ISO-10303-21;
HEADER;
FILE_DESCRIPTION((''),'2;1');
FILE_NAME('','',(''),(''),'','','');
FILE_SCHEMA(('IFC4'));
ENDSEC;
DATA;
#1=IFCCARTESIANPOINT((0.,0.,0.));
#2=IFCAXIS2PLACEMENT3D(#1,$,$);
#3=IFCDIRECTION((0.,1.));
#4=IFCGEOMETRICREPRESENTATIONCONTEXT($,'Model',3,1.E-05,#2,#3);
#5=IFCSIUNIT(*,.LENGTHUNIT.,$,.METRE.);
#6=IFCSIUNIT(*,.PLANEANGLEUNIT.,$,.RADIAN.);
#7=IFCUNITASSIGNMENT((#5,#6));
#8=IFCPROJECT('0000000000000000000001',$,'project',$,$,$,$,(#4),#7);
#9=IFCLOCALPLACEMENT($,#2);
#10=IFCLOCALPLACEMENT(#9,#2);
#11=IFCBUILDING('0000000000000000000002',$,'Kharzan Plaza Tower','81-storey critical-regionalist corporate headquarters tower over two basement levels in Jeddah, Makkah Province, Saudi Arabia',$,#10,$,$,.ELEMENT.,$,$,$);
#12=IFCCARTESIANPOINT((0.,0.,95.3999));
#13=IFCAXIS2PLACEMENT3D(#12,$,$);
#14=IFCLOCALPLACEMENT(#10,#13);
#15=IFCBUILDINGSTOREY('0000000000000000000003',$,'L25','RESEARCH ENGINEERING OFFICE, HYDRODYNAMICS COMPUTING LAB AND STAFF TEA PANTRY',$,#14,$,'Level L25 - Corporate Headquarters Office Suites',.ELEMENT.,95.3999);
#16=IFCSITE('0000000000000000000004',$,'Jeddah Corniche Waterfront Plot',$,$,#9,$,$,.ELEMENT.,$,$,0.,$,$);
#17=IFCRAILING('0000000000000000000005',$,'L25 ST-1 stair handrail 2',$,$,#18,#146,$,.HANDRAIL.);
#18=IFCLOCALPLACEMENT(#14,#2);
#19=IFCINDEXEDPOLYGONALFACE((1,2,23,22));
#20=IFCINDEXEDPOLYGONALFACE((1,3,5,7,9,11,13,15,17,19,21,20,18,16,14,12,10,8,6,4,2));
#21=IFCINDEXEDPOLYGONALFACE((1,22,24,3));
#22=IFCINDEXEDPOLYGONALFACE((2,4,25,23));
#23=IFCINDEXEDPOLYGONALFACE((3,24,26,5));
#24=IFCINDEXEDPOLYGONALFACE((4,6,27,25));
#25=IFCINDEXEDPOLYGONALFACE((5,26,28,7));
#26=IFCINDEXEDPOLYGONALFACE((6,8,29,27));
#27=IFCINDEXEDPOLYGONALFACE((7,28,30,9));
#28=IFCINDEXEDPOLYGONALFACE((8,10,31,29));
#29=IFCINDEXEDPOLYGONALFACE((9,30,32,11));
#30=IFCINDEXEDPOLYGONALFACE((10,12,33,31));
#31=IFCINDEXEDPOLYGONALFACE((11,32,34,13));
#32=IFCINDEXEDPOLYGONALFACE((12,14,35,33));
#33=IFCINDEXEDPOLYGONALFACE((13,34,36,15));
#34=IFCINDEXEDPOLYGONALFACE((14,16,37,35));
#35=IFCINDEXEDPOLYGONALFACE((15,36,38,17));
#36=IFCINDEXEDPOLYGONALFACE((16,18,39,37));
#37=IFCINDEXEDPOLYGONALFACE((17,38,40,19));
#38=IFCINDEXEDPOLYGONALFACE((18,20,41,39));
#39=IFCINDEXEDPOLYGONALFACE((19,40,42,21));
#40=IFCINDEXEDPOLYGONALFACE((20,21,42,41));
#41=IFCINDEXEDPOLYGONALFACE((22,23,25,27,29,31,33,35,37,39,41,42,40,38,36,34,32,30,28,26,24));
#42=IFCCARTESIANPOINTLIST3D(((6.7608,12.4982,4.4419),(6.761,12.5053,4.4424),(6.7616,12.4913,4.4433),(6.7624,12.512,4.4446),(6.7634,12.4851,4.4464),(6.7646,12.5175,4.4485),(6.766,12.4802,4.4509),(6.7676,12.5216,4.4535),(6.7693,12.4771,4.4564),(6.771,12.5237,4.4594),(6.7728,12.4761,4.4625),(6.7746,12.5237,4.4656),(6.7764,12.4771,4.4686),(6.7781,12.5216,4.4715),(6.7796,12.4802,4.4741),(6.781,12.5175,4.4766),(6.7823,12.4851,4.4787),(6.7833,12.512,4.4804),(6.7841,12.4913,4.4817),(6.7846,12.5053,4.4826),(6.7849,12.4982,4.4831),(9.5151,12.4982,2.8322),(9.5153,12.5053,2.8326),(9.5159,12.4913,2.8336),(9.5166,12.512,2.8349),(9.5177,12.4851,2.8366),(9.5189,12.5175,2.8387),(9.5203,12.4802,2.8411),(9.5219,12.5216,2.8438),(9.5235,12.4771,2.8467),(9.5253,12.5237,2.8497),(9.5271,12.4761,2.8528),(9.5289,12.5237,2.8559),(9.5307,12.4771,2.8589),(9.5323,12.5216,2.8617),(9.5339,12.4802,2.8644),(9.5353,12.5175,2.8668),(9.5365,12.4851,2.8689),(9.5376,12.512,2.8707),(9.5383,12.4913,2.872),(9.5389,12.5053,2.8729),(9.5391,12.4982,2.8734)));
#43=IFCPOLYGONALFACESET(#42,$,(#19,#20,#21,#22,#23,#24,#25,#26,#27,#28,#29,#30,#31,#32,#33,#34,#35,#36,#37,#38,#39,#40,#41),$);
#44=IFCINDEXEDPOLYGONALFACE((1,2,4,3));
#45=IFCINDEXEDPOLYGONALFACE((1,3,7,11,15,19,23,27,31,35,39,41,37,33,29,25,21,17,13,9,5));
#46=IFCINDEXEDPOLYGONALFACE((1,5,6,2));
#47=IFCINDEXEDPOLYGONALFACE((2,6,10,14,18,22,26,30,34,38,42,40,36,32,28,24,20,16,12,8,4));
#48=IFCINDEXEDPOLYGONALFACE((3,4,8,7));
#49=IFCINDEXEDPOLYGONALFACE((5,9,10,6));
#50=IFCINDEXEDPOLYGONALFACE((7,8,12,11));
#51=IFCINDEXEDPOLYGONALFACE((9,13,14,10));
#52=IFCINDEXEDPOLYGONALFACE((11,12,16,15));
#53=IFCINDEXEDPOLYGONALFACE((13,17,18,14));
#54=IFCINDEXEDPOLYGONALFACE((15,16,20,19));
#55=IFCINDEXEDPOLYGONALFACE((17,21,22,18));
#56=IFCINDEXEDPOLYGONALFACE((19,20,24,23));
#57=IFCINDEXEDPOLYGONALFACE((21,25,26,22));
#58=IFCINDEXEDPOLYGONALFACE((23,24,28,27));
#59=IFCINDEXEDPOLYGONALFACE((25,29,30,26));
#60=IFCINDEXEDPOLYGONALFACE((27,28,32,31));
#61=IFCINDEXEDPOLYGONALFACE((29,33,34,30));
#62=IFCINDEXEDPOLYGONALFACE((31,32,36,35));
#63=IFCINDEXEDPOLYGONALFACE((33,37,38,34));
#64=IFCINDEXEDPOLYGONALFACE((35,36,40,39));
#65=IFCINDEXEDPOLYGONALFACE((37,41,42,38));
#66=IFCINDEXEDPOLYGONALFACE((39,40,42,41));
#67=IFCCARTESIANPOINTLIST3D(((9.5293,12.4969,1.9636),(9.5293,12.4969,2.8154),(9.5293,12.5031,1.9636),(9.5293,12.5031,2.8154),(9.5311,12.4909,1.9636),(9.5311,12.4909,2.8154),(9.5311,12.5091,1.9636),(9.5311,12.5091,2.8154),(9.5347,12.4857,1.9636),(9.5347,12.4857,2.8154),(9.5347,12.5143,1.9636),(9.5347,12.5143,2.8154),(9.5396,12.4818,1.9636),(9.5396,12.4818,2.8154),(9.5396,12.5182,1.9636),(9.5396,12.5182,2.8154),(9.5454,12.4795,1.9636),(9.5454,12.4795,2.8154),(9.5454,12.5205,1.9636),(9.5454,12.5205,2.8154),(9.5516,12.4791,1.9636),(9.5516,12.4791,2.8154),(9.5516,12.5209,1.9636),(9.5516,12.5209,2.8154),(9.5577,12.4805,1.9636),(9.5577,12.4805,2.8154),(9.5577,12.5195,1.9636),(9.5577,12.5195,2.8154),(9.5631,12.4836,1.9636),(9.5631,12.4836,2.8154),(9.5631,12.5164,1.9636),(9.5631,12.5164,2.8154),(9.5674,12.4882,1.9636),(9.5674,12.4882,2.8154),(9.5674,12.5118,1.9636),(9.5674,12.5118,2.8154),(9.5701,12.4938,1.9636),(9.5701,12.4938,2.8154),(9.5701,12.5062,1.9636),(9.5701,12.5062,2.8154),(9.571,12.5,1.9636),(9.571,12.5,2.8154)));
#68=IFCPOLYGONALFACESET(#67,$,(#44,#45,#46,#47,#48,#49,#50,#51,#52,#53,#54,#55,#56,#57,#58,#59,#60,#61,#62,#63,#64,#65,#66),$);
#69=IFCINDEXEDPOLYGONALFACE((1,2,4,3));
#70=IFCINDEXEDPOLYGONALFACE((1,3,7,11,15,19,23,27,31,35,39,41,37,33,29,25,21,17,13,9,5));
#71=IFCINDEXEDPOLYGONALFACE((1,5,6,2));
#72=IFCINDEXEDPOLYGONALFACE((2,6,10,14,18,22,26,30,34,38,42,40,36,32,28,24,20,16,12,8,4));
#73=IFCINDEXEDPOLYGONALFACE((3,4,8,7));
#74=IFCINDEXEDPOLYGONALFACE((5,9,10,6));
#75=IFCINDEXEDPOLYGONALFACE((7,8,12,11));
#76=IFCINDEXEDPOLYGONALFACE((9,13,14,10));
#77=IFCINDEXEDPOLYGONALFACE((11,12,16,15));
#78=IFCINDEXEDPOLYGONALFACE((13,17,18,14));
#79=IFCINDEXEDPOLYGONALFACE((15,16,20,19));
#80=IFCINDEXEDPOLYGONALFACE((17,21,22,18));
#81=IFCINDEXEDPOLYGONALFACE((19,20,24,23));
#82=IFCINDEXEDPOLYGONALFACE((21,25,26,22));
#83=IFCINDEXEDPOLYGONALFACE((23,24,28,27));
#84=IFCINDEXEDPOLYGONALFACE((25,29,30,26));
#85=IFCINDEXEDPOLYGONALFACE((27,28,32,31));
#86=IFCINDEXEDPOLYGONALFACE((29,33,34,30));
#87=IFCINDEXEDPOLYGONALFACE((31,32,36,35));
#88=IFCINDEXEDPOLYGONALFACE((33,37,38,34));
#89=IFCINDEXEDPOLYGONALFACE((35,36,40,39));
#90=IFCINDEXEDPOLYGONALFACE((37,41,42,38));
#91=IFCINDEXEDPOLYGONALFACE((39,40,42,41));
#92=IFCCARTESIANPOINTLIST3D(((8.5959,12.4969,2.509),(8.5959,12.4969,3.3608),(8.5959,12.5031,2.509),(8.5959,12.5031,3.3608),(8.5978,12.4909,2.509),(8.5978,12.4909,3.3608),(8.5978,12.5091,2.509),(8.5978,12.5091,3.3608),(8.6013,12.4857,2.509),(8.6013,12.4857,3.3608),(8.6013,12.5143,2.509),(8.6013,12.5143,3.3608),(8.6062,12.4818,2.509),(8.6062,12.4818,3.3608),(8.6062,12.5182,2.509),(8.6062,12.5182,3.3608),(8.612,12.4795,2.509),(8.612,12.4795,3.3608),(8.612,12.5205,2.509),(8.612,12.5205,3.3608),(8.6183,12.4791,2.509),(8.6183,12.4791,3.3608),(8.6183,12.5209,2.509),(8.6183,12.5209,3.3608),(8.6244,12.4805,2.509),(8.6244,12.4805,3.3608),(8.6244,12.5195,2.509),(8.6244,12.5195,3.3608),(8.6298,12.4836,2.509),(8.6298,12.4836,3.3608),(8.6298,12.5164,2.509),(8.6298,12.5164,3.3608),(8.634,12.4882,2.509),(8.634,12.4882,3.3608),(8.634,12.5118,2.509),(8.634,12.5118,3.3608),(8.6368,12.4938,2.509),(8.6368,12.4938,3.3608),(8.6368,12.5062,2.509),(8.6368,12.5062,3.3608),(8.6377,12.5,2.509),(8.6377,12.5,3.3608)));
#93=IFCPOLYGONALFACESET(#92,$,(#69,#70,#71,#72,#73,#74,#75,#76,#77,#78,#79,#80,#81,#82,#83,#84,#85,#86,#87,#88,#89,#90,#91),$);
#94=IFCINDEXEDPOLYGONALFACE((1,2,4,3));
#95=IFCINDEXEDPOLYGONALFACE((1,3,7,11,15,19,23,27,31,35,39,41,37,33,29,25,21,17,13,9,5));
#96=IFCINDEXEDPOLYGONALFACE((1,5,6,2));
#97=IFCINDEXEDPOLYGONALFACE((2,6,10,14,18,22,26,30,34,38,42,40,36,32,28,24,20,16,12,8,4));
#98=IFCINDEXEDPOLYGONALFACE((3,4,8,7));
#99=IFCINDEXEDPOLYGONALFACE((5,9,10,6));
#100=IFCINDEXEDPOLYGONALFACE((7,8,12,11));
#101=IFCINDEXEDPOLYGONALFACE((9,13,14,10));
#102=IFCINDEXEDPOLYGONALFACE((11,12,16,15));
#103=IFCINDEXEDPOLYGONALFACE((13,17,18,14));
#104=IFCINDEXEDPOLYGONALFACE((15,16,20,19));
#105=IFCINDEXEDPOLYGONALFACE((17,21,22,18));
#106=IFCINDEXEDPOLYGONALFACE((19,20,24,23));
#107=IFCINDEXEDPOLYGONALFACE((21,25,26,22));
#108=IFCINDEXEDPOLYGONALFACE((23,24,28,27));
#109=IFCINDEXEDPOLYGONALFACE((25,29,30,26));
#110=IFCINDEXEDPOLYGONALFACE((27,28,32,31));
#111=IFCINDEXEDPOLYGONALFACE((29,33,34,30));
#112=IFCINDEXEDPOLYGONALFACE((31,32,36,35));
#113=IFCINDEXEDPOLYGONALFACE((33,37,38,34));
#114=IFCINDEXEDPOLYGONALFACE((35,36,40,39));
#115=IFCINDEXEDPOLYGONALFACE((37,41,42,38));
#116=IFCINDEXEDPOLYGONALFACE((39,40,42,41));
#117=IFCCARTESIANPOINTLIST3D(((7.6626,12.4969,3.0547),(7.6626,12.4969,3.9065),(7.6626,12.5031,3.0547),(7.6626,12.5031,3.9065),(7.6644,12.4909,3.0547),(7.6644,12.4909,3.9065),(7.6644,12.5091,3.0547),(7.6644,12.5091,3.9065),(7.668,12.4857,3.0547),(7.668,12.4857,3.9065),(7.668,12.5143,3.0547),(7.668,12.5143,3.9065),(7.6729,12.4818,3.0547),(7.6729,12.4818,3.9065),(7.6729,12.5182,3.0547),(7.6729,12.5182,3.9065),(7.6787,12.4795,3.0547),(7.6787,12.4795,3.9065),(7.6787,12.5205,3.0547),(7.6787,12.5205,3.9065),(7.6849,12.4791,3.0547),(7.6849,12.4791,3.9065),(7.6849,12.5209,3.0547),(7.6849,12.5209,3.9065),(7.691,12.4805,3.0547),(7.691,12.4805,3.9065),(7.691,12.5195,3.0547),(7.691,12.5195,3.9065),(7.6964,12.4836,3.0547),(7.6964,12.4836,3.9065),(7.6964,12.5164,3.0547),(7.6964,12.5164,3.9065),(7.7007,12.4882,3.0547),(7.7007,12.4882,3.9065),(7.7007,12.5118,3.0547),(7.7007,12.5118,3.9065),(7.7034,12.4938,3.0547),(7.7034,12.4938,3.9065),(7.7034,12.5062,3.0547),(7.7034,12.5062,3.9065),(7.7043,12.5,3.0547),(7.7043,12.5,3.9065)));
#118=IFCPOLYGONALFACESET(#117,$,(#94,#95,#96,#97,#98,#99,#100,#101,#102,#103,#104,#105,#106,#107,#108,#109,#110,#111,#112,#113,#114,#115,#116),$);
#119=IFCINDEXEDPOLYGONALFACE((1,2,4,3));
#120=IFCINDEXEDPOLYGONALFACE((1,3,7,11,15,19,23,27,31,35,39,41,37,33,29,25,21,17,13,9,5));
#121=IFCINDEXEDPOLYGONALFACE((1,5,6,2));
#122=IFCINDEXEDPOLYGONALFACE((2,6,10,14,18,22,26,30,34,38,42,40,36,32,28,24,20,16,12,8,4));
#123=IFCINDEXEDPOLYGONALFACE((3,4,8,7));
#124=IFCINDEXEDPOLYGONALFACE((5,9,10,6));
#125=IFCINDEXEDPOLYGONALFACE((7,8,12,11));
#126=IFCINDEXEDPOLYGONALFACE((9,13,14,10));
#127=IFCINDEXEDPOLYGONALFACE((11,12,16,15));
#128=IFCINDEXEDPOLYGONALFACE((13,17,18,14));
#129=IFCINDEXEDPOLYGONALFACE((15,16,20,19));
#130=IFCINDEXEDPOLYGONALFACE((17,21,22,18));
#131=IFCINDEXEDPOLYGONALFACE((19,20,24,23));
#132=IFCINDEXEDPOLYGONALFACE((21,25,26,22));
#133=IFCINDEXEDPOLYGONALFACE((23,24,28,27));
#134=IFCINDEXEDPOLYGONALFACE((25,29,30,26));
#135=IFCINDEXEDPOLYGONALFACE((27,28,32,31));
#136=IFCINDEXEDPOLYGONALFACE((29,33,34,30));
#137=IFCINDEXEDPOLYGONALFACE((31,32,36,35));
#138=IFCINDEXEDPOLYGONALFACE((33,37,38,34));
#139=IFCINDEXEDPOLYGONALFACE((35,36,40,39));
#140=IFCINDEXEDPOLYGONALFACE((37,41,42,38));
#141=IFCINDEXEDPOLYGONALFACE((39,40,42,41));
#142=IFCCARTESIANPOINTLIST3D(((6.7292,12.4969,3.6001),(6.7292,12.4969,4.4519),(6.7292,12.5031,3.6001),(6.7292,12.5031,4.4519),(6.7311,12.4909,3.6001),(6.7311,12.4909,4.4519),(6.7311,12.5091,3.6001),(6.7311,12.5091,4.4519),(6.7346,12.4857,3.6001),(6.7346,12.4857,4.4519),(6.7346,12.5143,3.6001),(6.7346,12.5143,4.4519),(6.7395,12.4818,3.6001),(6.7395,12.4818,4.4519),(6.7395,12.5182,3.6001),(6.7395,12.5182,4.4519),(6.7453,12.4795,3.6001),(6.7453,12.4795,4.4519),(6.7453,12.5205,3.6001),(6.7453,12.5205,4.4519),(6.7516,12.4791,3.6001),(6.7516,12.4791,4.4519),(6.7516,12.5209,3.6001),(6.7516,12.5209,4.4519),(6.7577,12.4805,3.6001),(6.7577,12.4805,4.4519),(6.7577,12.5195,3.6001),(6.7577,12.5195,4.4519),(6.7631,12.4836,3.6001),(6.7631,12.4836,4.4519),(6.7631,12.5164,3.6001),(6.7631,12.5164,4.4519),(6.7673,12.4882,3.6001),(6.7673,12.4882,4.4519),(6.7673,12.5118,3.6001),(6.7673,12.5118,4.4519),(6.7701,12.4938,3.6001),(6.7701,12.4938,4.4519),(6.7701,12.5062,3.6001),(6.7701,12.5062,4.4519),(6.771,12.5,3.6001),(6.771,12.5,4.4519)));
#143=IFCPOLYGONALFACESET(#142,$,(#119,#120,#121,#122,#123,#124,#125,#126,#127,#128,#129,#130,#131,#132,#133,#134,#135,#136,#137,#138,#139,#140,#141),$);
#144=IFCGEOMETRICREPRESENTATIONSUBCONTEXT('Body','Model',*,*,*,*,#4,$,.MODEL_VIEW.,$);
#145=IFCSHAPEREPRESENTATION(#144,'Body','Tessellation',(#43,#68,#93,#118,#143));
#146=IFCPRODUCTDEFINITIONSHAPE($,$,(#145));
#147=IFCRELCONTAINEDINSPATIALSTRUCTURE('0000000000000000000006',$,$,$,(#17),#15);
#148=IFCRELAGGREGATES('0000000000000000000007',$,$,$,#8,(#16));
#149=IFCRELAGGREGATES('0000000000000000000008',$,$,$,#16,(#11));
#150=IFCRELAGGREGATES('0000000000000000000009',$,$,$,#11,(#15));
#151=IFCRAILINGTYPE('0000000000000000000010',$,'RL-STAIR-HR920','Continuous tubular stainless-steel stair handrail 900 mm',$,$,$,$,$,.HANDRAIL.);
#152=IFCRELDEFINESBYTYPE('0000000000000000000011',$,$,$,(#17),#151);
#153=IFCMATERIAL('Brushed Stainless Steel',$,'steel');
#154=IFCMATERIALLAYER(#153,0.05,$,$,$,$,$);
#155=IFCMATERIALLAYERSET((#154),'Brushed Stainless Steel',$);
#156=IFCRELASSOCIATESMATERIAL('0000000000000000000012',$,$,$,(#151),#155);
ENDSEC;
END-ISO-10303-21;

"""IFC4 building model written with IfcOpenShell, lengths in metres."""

from ifc_helpers import new_model, si_unit, direction, frame, origin, origin_2d, place, context, subcontext, project, spatial, circle, extrude, source, transform, mapped, material, layer, layer_set, type_object, element, save


model = new_model("IFC4")

# Units and contexts
model_context = context("Model", 3, precision=1e-05, world=origin(), true_north=direction((0.0, 1.0)))
body_context = subcontext(model_context, "Body", "Model", "MODEL_VIEW")
ifc_project = project(units=[si_unit("LENGTHUNIT", "METRE"), si_unit("PLANEANGLEUNIT", "RADIAN")], contexts=[model_context])

# Site, building, storey
site_placement = place(None, origin())
site = spatial("IfcSite", under=ifc_project, at=site_placement, Name="Jeddah Corniche Waterfront Plot", CompositionType="ELEMENT", RefElevation=0.0)
building_placement = place(site_placement, origin())
building = spatial("IfcBuilding", under=site, at=building_placement, Name="Kharzan Plaza Tower", Description="81-storey critical-regionalist corporate headquarters tower over two basement levels in Jeddah, Makkah Province, Saudi Arabia", CompositionType="ELEMENT")
storey_placement = place(building_placement, frame((0.0, 0.0, 95.3999)))
storey = spatial("IfcBuildingStorey", under=building, at=storey_placement, Name="L25", Description="RESEARCH ENGINEERING OFFICE, HYDRODYNAMICS COMPUTING LAB AND STAFF TEA PANTRY", LongName="Level L25 - Corporate Headquarters Office Suites", CompositionType="ELEMENT", Elevation=95.3999)

# Shared definitions
ifc_material_1 = material(Name="Brushed Stainless Steel", Category="steel")

# Railing
ifc_layer_1 = layer(ifc_material_1, 0.05)
ifc_layer_set_1 = layer_set([ifc_layer_1], Name="Brushed Stainless Steel")
railing_type_1 = type_object("IfcRailingType", Name="RL-STAIR-HR920", Description="Continuous tubular stainless-steel stair handrail 900 mm", PredefinedType="HANDRAIL", material=ifc_layer_set_1)
shared_shape_1 = source(origin(), body_context, "Body", "SweptSolid", [
    extrude(circle(Radius=0.0239, at=origin_2d()), frame((-0.0229, 0.0, 0.8892), z_axis=(-0.863361, 0.0, 0.504587), x_axis=(0.0, -1.0, 0.0)), (0.0, 0.0, 1.0), 3.1902),
    extrude(circle(Radius=0.021, at=origin_2d()), origin(), (0.0, 0.0, 1.0), 0.8518),
    extrude(circle(Radius=0.021, at=origin_2d()), frame((-0.9333, 0.0, 0.5454)), (0.0, 0.0, 1.0), 0.8518),
    extrude(circle(Radius=0.021, at=origin_2d()), frame((-1.8667, 0.0, 1.0911)), (0.0, 0.0, 1.0), 0.8518),
    extrude(circle(Radius=0.021, at=origin_2d()), frame((-2.8, 0.0, 1.6365)), (0.0, 0.0, 1.0), 0.8518),
])
railing_1_placement = place(storey_placement, frame((9.55, 12.5, 1.9636)))
element("IfcRailing", 1, at=railing_1_placement, inside=storey, type_object=railing_type_1, Name="L25 ST-1 stair handrail 2", PredefinedType="HANDRAIL", context=body_context, shape_type="MappedRepresentation", body=[
    mapped(shared_shape_1, transform((0.0, 0.0, 0.0), x_axis=(1.0, 0.0, 0.0), y_axis=(0.0, 1.0, 0.0), z_axis=(0.0, 0.0, 1.0))),
])

save(model, "model.ifc")
